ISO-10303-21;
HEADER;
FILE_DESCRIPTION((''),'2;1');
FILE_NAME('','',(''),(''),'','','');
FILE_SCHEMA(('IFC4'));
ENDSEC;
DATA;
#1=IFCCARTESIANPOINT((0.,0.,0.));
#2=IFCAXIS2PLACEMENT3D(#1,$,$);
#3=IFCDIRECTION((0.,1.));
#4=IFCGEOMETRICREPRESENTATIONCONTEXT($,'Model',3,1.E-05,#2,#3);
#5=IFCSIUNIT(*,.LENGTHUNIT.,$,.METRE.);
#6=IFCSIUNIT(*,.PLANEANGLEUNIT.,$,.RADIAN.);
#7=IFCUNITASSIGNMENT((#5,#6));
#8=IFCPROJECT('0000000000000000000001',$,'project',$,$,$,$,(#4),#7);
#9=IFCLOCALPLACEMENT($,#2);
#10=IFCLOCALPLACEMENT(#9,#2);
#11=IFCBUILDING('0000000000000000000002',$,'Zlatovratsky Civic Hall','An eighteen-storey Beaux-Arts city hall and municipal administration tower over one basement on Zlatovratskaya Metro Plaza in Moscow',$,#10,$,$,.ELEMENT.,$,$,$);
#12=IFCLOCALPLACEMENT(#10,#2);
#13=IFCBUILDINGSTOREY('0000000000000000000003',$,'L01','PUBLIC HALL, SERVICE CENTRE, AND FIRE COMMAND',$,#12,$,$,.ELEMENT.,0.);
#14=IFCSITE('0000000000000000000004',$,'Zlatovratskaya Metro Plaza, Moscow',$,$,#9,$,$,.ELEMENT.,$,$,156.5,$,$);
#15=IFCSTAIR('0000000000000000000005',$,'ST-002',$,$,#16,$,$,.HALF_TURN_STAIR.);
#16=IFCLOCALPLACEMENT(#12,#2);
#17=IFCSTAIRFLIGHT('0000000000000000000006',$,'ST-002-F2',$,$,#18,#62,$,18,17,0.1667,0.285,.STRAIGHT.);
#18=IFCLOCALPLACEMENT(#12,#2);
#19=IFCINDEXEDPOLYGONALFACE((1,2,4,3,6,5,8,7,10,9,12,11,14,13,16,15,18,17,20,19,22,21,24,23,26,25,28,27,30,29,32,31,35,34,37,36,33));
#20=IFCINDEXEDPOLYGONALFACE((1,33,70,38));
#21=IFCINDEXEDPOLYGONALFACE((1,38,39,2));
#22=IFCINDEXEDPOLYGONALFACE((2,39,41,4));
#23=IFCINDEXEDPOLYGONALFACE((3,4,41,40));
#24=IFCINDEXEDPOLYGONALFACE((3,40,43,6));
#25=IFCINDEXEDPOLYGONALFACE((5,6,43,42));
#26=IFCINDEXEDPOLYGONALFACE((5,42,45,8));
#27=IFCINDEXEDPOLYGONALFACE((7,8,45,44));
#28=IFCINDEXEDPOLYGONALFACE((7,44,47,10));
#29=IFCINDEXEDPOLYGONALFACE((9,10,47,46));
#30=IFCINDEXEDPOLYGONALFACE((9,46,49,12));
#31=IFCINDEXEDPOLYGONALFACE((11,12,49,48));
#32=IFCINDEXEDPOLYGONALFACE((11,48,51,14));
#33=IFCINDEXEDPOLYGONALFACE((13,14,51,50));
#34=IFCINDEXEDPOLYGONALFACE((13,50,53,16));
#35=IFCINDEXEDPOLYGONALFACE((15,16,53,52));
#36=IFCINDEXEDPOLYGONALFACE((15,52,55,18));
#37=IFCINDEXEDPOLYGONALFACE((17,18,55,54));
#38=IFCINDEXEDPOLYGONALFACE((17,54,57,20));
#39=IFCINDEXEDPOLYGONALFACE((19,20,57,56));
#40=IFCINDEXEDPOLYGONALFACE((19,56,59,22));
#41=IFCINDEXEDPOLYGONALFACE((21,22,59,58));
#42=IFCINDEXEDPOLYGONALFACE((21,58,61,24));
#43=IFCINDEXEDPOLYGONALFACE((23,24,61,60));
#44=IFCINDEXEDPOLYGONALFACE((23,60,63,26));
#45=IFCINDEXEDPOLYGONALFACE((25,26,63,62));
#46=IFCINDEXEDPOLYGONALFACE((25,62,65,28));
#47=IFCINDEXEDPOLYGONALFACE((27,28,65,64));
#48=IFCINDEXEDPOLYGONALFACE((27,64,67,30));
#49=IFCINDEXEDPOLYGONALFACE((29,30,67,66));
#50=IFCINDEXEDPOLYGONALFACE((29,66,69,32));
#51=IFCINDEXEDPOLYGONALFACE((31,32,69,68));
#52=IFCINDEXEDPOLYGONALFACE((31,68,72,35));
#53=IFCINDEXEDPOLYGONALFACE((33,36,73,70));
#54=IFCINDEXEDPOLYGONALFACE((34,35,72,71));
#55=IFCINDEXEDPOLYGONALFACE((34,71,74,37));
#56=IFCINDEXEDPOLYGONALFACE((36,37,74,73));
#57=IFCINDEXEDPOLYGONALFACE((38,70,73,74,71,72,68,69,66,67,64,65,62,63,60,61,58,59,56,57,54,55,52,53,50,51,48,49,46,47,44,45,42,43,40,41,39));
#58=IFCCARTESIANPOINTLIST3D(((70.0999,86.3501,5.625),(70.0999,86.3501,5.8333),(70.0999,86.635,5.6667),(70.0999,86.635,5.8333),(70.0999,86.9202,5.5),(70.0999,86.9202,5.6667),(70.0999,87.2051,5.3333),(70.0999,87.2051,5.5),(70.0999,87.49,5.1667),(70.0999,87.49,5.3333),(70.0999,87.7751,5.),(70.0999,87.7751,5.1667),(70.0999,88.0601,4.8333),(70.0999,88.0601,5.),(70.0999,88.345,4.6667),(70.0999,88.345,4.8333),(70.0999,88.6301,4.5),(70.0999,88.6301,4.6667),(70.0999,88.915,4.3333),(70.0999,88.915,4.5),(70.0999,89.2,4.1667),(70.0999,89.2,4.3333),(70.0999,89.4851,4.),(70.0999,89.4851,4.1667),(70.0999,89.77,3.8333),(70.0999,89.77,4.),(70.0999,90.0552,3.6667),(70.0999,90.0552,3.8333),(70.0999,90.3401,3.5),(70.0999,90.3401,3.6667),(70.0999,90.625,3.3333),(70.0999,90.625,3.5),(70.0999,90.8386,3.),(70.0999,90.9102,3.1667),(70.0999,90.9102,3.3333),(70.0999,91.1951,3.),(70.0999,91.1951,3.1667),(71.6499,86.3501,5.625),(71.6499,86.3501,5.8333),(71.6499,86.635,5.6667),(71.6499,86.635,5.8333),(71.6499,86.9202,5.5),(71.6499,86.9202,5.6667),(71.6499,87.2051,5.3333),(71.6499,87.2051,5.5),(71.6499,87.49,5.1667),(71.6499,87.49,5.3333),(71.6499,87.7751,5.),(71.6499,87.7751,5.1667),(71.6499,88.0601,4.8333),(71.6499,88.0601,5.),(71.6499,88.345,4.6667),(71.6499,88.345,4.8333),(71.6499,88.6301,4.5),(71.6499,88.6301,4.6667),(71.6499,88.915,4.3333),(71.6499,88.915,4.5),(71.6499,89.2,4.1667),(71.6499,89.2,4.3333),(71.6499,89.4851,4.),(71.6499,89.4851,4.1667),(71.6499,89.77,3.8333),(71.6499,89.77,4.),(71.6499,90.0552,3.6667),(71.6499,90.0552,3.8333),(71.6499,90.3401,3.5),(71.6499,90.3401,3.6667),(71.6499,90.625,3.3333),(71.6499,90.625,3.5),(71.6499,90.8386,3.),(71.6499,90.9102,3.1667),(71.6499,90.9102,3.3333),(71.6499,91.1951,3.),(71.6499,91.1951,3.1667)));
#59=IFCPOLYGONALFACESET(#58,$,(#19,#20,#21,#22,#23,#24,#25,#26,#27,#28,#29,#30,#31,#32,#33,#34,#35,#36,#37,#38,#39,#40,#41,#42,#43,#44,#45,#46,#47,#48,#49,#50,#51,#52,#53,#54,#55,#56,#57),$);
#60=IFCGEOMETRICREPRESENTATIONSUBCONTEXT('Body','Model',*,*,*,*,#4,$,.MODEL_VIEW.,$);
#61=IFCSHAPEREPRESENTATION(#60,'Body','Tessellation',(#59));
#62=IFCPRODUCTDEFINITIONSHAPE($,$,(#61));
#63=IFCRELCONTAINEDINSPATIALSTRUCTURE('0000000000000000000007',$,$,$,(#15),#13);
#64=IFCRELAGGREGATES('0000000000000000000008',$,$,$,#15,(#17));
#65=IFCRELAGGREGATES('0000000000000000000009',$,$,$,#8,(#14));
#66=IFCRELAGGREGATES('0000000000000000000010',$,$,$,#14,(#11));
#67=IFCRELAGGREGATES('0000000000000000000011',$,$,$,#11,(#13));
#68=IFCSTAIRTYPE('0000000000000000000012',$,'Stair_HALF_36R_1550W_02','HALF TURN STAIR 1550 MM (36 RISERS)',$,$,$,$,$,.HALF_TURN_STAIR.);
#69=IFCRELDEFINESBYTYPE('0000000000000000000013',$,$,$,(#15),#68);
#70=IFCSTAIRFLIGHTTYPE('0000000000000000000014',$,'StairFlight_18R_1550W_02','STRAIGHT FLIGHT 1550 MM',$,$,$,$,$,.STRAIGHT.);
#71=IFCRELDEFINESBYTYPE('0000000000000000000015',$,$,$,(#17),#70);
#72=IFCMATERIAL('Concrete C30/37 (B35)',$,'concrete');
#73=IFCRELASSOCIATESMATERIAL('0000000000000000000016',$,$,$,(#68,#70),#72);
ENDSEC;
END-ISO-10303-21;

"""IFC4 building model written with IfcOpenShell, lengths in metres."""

from ifc_helpers import new_model, si_unit, direction, frame, origin, place, context, subcontext, project, spatial, polyline, outline, extrude, material, type_object, element, aggregate, save


model = new_model("IFC4")

# Units and contexts
model_context = context("Model", 3, precision=1e-05, world=origin(), true_north=direction((0.0, 1.0)))
body_context = subcontext(model_context, "Body", "Model", "MODEL_VIEW")
ifc_project = project(units=[si_unit("LENGTHUNIT", "METRE"), si_unit("PLANEANGLEUNIT", "RADIAN")], contexts=[model_context])

# Site, building, storey
site_placement = place(None, origin())
site = spatial("IfcSite", under=ifc_project, at=site_placement, Name="Zlatovratskaya Metro Plaza, Moscow", CompositionType="ELEMENT", RefElevation=156.5)
building_placement = place(site_placement, origin())
building = spatial("IfcBuilding", under=site, at=building_placement, Name="Zlatovratsky Civic Hall", Description="An eighteen-storey Beaux-Arts city hall and municipal administration tower over one basement on Zlatovratskaya Metro Plaza in Moscow", CompositionType="ELEMENT")
storey_placement = place(building_placement, origin())
storey = spatial("IfcBuildingStorey", under=building, at=storey_placement, Name="L01", Description="PUBLIC HALL, SERVICE CENTRE, AND FIRE COMMAND", CompositionType="ELEMENT", Elevation=0.0)

# Stair, stair flight
ifc_material_1 = material(Name="Concrete C30/37 (B35)", Category="concrete")
stair_type = type_object("IfcStairType", Name="Stair_HALF_36R_1550W_02", Description="HALF TURN STAIR 1550 MM (36 RISERS)", PredefinedType="HALF_TURN_STAIR", material=ifc_material_1)
stair_placement = place(storey_placement, origin())
stair = element("IfcStair", 1, at=stair_placement, inside=storey, type_object=stair_type, Name="ST-002", PredefinedType="HALF_TURN_STAIR")
stair_flight_type = type_object("IfcStairFlightType", Name="StairFlight_18R_1550W_02", Description="STRAIGHT FLIGHT 1550 MM", PredefinedType="STRAIGHT", material=ifc_material_1)
stair_flight_placement = place(storey_placement, frame((70.875, 91.1951, 3.0), z_axis=(0.0, 0.0, 1.0), x_axis=(0.0, -1.0, 0.0)))
stair_flight = element("IfcStairFlight", 2, at=stair_flight_placement, type_object=stair_flight_type, Name="ST-002-F2", NumberOfRisers=18, NumberOfTreads=17, PredefinedType="STRAIGHT", RiserHeight=0.1667, TreadLength=0.285, context=body_context, shape_type="SweptSolid", body=[
    extrude(outline(polyline([(0.0, 0.0), (0.0, 0.1667), (0.2849, 0.1667), (0.2849, 0.3333), (0.5701, 0.3333), (0.5701, 0.5), (0.855, 0.5), (0.855, 0.6667), (1.1399, 0.6667), (1.1399, 0.8333), (1.425, 0.8333), (1.425, 1.0), (1.71, 1.0), (1.71, 1.1667), (1.9951, 1.1667), (1.9951, 1.3333), (2.28, 1.3333), (2.28, 1.5), (2.5649, 1.5), (2.5649, 1.6667), (2.8501, 1.6667), (2.8501, 1.8333), (3.135, 1.8333), (3.135, 2.0), (3.4199, 2.0), (3.4199, 2.1667), (3.7051, 2.1667), (3.7051, 2.3333), (3.99, 2.3333), (3.99, 2.5), (4.2749, 2.5), (4.2749, 2.6667), (4.5601, 2.6667), (4.5601, 2.8333), (4.845, 2.8333), (4.845, 3.0), (4.845, 2.625), (0.3564, 0.0), (0.0, 0.0)])), frame((0.0, 0.7749, 0.0), z_axis=(0.0, -1.0, 0.0), x_axis=(1.0, 0.0, 0.0)), (0.0, 0.0, 1.0), 1.55),
])
aggregate(stair, [stair_flight])

save(model, "model.ifc")
